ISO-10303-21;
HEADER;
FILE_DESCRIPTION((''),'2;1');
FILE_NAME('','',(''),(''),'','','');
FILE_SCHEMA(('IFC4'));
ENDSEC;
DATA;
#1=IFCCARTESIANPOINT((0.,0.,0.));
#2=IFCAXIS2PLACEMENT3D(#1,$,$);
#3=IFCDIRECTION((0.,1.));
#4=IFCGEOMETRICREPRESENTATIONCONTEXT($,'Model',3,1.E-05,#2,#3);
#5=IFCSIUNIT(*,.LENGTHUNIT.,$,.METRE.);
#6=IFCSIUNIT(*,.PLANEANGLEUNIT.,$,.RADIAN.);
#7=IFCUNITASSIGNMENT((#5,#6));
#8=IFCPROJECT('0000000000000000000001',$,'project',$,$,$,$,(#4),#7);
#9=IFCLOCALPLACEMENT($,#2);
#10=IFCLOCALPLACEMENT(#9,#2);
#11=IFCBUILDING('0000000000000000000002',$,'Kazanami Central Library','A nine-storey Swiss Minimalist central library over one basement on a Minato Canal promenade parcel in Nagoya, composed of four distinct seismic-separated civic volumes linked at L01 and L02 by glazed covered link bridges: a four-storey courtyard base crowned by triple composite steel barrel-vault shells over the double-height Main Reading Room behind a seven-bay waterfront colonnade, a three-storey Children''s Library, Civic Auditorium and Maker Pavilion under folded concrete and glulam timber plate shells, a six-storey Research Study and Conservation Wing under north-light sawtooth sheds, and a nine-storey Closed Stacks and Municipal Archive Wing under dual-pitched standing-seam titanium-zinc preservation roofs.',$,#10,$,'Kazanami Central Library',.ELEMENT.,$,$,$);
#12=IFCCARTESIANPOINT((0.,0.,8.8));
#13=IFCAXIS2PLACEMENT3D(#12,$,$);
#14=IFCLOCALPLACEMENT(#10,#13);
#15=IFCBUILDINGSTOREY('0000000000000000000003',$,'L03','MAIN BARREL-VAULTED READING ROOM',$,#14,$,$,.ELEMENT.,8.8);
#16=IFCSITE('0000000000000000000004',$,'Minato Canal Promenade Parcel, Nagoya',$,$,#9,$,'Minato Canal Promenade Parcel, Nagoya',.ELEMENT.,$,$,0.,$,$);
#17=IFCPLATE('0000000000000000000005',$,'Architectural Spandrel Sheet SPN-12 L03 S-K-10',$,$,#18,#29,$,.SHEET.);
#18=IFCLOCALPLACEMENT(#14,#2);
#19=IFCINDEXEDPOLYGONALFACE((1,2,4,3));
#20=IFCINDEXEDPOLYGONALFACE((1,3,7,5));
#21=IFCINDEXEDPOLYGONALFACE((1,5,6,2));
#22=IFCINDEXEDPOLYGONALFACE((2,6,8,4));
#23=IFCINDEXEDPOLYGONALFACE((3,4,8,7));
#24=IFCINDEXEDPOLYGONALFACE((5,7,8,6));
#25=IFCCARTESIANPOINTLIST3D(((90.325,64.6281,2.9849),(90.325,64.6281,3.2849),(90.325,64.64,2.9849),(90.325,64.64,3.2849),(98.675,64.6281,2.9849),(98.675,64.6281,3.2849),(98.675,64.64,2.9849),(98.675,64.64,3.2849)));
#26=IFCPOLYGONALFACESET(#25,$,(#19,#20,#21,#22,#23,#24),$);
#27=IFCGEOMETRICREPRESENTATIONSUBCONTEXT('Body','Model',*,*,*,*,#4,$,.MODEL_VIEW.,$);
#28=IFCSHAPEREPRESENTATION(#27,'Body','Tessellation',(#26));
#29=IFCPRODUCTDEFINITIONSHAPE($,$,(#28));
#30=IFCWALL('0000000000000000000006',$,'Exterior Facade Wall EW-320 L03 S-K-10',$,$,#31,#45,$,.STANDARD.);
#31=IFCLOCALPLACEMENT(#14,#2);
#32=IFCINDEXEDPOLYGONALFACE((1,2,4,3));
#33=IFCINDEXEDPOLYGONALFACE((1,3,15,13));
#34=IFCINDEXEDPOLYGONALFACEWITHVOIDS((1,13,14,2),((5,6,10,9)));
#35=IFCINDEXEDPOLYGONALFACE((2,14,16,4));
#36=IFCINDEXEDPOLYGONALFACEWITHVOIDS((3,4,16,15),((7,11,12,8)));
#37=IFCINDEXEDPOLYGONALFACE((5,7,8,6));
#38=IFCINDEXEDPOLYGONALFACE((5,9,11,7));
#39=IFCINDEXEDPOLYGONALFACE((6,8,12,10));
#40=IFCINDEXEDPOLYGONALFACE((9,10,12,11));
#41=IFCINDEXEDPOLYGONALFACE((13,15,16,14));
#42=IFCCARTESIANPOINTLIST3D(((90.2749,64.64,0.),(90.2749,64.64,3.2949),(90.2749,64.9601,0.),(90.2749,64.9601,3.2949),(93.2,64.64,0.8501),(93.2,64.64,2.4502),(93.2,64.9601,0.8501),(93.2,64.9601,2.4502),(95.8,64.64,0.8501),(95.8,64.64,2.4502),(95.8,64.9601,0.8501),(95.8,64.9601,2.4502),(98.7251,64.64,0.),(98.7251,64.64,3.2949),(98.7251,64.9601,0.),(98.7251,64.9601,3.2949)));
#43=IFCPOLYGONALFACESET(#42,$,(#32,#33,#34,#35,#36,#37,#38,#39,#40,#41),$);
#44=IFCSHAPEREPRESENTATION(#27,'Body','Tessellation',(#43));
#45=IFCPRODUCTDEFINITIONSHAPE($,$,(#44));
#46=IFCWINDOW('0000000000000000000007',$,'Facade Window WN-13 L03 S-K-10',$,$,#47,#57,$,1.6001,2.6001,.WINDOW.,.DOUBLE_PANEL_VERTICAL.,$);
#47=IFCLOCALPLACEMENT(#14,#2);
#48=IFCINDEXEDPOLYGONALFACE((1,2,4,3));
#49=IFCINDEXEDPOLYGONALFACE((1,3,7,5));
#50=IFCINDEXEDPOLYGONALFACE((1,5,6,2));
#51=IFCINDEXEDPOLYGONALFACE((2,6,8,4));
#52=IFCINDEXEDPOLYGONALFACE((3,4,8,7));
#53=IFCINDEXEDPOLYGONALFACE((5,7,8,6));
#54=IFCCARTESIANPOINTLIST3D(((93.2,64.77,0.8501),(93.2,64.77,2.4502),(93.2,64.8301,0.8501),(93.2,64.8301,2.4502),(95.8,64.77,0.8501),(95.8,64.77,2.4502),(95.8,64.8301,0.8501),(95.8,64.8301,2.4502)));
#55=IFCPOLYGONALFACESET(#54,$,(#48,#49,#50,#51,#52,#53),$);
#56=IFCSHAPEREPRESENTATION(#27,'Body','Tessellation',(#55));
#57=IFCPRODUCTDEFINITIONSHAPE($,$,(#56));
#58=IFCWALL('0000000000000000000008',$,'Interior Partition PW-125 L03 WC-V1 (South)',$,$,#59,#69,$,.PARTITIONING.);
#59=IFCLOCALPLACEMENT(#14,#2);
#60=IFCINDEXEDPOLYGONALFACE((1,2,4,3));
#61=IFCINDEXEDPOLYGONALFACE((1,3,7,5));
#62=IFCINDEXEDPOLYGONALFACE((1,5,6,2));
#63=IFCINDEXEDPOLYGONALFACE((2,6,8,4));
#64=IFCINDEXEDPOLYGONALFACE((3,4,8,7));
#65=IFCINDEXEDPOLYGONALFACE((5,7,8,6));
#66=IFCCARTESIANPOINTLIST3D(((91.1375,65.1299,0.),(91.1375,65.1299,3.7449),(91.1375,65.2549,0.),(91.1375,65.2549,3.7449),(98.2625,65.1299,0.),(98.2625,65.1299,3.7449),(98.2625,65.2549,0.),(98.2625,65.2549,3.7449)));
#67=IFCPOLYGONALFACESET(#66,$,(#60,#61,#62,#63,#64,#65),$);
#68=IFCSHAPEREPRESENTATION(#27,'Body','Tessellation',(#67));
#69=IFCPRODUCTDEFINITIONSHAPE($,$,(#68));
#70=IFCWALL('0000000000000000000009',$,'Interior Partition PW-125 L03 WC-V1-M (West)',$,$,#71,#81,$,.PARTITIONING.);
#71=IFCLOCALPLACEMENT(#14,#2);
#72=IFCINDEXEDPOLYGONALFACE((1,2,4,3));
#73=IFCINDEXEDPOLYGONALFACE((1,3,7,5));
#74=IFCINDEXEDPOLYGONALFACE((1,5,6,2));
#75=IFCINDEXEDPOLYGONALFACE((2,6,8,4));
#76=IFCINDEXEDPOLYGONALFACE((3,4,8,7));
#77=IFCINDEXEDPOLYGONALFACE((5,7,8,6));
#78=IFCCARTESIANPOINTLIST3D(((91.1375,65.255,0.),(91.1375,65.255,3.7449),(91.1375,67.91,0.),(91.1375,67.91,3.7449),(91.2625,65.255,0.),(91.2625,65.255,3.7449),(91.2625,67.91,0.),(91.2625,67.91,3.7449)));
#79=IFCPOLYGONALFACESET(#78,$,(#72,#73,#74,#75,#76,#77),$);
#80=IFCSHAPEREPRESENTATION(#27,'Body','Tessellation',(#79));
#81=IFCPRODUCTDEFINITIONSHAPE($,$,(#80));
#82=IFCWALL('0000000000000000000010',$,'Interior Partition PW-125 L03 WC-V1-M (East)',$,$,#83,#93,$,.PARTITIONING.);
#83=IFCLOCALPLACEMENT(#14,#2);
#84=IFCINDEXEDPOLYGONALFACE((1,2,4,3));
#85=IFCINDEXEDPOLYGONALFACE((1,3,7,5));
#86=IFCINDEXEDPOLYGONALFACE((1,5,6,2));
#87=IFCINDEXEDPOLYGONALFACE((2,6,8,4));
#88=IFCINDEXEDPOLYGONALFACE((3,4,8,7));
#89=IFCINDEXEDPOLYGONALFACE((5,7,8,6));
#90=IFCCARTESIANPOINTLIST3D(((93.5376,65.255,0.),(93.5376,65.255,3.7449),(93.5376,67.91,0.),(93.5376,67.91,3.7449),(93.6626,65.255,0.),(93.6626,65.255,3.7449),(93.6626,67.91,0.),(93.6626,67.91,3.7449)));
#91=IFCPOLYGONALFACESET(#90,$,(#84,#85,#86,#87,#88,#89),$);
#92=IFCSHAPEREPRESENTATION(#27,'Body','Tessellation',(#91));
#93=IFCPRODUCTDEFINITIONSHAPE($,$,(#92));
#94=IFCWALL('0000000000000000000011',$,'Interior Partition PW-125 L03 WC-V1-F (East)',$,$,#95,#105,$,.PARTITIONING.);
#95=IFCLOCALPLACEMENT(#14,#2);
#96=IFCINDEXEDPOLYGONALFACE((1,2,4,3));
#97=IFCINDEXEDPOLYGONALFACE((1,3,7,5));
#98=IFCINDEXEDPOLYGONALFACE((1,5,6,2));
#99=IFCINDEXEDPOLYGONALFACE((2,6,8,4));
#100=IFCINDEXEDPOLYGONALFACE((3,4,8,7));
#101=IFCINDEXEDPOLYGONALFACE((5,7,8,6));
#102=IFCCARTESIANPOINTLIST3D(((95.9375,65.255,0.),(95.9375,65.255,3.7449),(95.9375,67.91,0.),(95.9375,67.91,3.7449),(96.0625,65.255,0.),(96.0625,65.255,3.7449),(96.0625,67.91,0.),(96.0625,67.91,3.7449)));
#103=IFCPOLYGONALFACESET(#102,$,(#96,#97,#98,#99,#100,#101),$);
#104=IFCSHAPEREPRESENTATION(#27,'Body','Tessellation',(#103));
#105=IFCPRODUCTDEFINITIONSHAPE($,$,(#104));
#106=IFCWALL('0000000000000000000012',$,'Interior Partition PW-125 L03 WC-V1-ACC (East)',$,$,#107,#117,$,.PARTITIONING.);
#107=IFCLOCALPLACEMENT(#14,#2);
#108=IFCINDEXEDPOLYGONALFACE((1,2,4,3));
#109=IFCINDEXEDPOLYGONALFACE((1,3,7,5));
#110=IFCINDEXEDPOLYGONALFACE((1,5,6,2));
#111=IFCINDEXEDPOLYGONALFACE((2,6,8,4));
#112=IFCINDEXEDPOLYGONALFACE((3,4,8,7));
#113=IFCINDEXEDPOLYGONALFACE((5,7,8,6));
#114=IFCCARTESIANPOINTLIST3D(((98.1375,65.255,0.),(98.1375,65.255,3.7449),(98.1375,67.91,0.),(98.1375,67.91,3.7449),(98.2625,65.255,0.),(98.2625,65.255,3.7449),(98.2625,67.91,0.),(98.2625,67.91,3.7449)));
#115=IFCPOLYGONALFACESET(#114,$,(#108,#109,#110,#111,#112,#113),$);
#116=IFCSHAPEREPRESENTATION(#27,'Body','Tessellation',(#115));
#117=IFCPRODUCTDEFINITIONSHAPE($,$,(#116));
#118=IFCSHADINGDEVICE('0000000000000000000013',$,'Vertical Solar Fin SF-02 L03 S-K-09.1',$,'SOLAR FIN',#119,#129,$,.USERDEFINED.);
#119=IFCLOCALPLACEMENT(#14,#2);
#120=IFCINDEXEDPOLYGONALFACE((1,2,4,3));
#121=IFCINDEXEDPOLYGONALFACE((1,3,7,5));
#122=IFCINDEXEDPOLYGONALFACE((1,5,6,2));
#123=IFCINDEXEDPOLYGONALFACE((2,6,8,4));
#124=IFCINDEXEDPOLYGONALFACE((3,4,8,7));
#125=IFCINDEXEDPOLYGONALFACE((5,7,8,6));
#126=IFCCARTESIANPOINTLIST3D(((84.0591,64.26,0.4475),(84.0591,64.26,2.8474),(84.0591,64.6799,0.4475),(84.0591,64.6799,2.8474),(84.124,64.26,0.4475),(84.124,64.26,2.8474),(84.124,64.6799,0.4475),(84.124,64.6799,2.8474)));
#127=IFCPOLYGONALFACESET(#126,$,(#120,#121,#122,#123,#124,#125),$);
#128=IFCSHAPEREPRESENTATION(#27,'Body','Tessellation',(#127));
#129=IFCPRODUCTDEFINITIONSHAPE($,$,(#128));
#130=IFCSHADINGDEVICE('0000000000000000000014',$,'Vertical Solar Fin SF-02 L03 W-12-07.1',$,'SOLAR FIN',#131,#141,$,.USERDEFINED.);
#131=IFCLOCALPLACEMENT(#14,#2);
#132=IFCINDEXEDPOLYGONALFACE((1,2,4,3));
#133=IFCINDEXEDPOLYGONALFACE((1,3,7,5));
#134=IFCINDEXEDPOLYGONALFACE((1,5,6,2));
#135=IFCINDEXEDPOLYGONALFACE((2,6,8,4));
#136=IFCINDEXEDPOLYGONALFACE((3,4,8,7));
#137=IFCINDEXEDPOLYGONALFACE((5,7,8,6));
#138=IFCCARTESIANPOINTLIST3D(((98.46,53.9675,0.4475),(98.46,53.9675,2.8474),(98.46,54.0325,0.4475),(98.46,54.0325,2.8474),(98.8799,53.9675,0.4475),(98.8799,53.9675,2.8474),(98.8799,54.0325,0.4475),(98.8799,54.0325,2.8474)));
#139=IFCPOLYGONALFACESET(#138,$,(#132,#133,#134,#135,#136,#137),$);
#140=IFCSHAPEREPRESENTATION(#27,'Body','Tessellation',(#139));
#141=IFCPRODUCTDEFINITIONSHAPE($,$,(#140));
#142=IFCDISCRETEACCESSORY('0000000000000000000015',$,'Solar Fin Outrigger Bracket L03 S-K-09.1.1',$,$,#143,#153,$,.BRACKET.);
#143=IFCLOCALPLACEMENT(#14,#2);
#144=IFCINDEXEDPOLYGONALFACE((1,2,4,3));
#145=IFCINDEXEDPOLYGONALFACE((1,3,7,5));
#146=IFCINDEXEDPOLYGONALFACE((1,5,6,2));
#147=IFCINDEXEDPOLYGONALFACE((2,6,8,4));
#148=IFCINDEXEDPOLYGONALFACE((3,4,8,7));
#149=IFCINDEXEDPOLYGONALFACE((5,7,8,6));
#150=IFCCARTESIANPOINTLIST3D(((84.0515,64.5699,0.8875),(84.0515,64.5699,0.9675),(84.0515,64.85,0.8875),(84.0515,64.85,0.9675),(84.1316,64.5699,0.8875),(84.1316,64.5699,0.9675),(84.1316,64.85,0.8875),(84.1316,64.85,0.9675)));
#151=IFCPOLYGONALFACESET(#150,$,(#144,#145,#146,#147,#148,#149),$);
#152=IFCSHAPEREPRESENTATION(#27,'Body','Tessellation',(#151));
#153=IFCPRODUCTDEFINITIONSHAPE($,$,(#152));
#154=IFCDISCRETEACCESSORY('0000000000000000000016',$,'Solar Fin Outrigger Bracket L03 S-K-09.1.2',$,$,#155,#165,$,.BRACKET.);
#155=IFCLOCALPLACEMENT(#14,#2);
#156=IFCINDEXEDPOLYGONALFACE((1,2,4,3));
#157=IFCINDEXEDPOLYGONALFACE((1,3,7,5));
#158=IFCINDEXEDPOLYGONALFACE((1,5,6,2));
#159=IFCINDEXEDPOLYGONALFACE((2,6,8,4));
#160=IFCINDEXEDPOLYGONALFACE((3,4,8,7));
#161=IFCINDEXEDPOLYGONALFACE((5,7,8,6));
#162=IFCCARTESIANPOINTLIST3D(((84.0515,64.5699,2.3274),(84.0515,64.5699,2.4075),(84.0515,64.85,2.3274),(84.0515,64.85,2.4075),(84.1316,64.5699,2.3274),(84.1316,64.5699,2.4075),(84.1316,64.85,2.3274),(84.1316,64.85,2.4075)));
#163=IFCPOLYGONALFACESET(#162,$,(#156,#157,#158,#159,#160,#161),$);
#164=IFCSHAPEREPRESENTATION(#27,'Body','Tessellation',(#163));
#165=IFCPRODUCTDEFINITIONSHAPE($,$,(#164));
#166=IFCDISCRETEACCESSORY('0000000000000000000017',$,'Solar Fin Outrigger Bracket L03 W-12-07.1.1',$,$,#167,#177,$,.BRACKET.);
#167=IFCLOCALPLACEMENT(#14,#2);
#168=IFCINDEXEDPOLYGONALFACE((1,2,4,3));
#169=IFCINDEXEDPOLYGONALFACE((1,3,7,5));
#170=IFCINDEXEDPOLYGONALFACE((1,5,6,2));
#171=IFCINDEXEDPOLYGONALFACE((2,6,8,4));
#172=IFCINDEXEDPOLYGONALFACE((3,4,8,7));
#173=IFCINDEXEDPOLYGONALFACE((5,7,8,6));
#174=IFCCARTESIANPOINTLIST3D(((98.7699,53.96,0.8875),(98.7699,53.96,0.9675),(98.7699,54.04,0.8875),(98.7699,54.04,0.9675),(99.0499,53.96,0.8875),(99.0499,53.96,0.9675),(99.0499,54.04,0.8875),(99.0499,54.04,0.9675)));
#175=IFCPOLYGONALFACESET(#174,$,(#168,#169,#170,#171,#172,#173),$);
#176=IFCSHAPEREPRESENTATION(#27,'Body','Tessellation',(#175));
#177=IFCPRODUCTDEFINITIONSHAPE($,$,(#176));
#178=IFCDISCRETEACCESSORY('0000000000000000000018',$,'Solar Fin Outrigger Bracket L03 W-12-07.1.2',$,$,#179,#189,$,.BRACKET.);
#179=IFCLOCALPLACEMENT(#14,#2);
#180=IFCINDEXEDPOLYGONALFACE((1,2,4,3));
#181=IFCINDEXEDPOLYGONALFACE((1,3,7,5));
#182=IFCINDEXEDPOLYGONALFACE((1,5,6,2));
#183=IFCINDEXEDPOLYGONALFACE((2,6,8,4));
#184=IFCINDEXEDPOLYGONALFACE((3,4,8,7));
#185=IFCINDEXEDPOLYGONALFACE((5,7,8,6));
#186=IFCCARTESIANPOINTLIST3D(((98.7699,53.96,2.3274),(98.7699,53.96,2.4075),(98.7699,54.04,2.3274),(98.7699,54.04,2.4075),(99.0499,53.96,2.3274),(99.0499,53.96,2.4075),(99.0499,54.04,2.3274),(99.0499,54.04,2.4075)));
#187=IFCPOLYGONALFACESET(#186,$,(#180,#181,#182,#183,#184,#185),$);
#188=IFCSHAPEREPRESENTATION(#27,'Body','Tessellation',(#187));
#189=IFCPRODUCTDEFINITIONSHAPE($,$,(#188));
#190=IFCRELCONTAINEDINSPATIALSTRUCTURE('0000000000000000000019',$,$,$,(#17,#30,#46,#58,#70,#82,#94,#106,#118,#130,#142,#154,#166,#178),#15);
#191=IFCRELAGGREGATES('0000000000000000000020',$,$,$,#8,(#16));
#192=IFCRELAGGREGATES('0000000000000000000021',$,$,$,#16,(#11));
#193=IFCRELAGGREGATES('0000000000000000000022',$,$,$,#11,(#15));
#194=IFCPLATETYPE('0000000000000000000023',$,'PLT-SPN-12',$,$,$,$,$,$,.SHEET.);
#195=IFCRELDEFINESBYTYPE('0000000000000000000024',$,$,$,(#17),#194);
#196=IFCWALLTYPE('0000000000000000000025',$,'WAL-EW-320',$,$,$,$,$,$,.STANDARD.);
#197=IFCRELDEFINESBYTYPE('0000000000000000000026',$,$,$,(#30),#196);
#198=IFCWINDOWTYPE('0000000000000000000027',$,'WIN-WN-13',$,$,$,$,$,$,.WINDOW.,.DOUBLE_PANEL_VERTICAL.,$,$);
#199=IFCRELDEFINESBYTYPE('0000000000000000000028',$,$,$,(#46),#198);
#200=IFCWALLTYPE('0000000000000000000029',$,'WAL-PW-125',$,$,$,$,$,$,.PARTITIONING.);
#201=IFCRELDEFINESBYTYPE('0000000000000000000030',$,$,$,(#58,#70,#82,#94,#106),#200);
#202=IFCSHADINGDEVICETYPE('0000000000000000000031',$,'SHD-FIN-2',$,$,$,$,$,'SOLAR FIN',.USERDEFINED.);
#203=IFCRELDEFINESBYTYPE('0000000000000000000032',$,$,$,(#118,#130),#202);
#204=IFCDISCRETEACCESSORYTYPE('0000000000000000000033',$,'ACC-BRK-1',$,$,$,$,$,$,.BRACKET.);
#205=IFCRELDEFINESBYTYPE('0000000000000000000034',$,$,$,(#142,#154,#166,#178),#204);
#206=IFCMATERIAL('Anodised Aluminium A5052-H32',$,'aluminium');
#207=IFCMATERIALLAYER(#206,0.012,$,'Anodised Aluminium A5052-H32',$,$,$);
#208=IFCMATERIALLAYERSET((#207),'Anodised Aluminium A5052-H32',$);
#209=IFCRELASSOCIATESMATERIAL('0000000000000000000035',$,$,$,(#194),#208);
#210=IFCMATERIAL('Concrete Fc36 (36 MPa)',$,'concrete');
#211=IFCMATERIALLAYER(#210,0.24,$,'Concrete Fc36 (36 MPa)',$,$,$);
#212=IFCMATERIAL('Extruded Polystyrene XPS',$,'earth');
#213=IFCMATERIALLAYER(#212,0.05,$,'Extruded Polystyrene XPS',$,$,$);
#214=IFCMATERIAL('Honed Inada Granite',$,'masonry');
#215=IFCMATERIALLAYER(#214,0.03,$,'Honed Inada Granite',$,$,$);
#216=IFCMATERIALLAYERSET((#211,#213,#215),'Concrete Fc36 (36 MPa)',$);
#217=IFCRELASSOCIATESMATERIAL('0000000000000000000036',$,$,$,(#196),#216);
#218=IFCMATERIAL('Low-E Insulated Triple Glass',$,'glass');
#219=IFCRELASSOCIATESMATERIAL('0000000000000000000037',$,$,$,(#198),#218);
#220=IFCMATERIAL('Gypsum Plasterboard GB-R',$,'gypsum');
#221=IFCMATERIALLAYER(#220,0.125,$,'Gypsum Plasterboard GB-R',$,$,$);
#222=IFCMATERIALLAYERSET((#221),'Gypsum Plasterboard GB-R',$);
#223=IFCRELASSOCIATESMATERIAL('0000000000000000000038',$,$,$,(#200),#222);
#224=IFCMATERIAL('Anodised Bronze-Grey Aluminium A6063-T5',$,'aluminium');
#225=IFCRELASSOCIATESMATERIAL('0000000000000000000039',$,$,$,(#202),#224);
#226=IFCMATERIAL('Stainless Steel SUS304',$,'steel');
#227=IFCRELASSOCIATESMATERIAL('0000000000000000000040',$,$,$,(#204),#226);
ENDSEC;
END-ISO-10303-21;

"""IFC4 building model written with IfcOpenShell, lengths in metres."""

from ifc_helpers import new_model, si_unit, direction, frame, frame_2d, origin, origin_2d, place, context, subcontext, project, spatial, rectangle, extrude, material, layer, layer_set, type_object, element, fill, save


model = new_model("IFC4")

# Units and contexts
model_context = context("Model", 3, precision=1e-05, world=origin(), true_north=direction((0.0, 1.0)))
body_context = subcontext(model_context, "Body", "Model", "MODEL_VIEW")
ifc_project = project(units=[si_unit("LENGTHUNIT", "METRE"), si_unit("PLANEANGLEUNIT", "RADIAN")], contexts=[model_context])

# Site, building, storey
site_placement = place(None, origin())
site = spatial("IfcSite", under=ifc_project, at=site_placement, Name="Minato Canal Promenade Parcel, Nagoya", LongName="Minato Canal Promenade Parcel, Nagoya", CompositionType="ELEMENT", RefElevation=0.0)
building_placement = place(site_placement, origin())
building = spatial("IfcBuilding", under=site, at=building_placement, Name="Kazanami Central Library", Description="A nine-storey Swiss Minimalist central library over one basement on a Minato Canal promenade parcel in Nagoya, composed of four distinct seismic-separated civic volumes linked at L01 and L02 by glazed covered link bridges: a four-storey courtyard base crowned by triple composite steel barrel-vault shells over the double-height Main Reading Room behind a seven-bay waterfront colonnade, a three-storey Children's Library, Civic Auditorium and Maker Pavilion under folded concrete and glulam timber plate shells, a six-storey Research Study and Conservation Wing under north-light sawtooth sheds, and a nine-storey Closed Stacks and Municipal Archive Wing under dual-pitched standing-seam titanium-zinc preservation roofs.", LongName="Kazanami Central Library", CompositionType="ELEMENT")
storey_placement = place(building_placement, frame((0.0, 0.0, 8.8)))
storey = spatial("IfcBuildingStorey", under=building, at=storey_placement, Name="L03", Description="MAIN BARREL-VAULTED READING ROOM", CompositionType="ELEMENT", Elevation=8.8)

# Plate
ifc_material_1 = material(Name="Anodised Aluminium A5052-H32", Category="aluminium")
ifc_layer_1 = layer(ifc_material_1, 0.012, Name="Anodised Aluminium A5052-H32")
ifc_layer_set_1 = layer_set([ifc_layer_1], Name="Anodised Aluminium A5052-H32")
plate_type_1 = type_object("IfcPlateType", Name="PLT-SPN-12", PredefinedType="SHEET", material=ifc_layer_set_1)
plate_1_placement = place(storey_placement, frame((94.5, 64.634, 2.9849), z_axis=(0.0, 0.0, 1.0), x_axis=(1.0, 0.0, 0.0)))
element("IfcPlate", 1, at=plate_1_placement, inside=storey, type_object=plate_type_1, Name="Architectural Spandrel Sheet SPN-12 L03 S-K-10", PredefinedType="SHEET", context=body_context, shape_type="SweptSolid", body=[
    extrude(rectangle(XDim=8.3501, YDim=0.012, at=origin_2d()), origin(), (0.0, 0.0, 1.0), 0.3),
])

# Wall, opening, window
ifc_material_2 = material(Name="Concrete Fc36 (36 MPa)", Category="concrete")
ifc_layer_2 = layer(ifc_material_2, 0.24, Name="Concrete Fc36 (36 MPa)")
ifc_material_3 = material(Name="Extruded Polystyrene XPS", Category="earth")
ifc_layer_3 = layer(ifc_material_3, 0.05, Name="Extruded Polystyrene XPS")
ifc_material_4 = material(Name="Honed Inada Granite", Category="masonry")
ifc_layer_4 = layer(ifc_material_4, 0.03, Name="Honed Inada Granite")
ifc_layer_set_2 = layer_set([ifc_layer_2, ifc_layer_3, ifc_layer_4], Name="Concrete Fc36 (36 MPa)")
wall_type_1 = type_object("IfcWallType", Name="WAL-EW-320", PredefinedType="STANDARD", material=ifc_layer_set_2)
wall_1_placement = place(storey_placement, frame((90.2749, 64.8, 0.0), z_axis=(0.0, 0.0, 1.0), x_axis=(1.0, 0.0, 0.0)))
wall_1 = element("IfcWall", 2, at=wall_1_placement, inside=storey, type_object=wall_type_1, Name="Exterior Facade Wall EW-320 L03 S-K-10", PredefinedType="STANDARD", context=body_context, shape_type="SweptSolid", body=[
    extrude(rectangle(XDim=8.4502, YDim=0.3201, at=frame_2d((4.2251, 0.0))), origin(), (0.0, 0.0, 1.0), 3.2949),
])
opening_placement = place(wall_1_placement, frame((2.925, 0.0, 0.8501)))
opening = element("IfcOpeningElement", 3, at=opening_placement, cuts=wall_1, PredefinedType="OPENING", context=body_context, shape_type="SweptSolid", body=[
    extrude(rectangle(XDim=2.6001, YDim=1.6001, at=frame_2d((1.3, 0.8))), frame((0.0, 0.1719, 0.0), z_axis=(0.0, -1.0, 0.0), x_axis=(1.0, 0.0, 0.0)), (0.0, 0.0, 1.0), 0.344),
])
ifc_material_5 = material(Name="Low-E Insulated Triple Glass", Category="glass")
window_type = type_object("IfcWindowType", Name="WIN-WN-13", PartitioningType="DOUBLE_PANEL_VERTICAL", PredefinedType="WINDOW", material=ifc_material_5)
window_placement = place(opening_placement, origin())
window = element("IfcWindow", 4, at=window_placement, inside=storey, type_object=window_type, Name="Facade Window WN-13 L03 S-K-10", OverallHeight=1.6001, OverallWidth=2.6001, PartitioningType="DOUBLE_PANEL_VERTICAL", PredefinedType="WINDOW", context=body_context, shape_type="SweptSolid", body=[
    extrude(rectangle(XDim=2.6001, YDim=1.6001, at=frame_2d((1.3, 0.8))), frame((0.0, 0.03, 0.0), z_axis=(0.0, -1.0, 0.0), x_axis=(1.0, 0.0, 0.0)), (0.0, 0.0, 1.0), 0.0601),
])
fill(opening, window)

# Walls
ifc_material_6 = material(Name="Gypsum Plasterboard GB-R", Category="gypsum")
ifc_layer_5 = layer(ifc_material_6, 0.125, Name="Gypsum Plasterboard GB-R")
ifc_layer_set_3 = layer_set([ifc_layer_5], Name="Gypsum Plasterboard GB-R")
wall_type_2 = type_object("IfcWallType", Name="WAL-PW-125", PredefinedType="PARTITIONING", material=ifc_layer_set_3)
wall_2_placement = place(storey_placement, frame((91.1375, 65.1924, 0.0), z_axis=(0.0, 0.0, 1.0), x_axis=(1.0, 0.0, 0.0)))
element("IfcWall", 5, at=wall_2_placement, inside=storey, type_object=wall_type_2, Name="Interior Partition PW-125 L03 WC-V1 (South)", PredefinedType="PARTITIONING", context=body_context, shape_type="SweptSolid", body=[
    extrude(rectangle(XDim=7.125, YDim=0.125, at=frame_2d((3.5625, 0.0))), origin(), (0.0, 0.0, 1.0), 3.7449),
])
for number, where, z_axis, x_axis, name in (
    (6, (91.2, 65.2549, 0.0), (0.0, 0.0, 1.0), (0.0, 1.0, 0.0), "Interior Partition PW-125 L03 WC-V1-M (West)"),
    (7, (93.6001, 65.2549, 0.0), (0.0, 0.0, 1.0), (0.0, 1.0, 0.0), "Interior Partition PW-125 L03 WC-V1-M (East)"),
    (8, (96.0, 65.2549, 0.0), (0.0, 0.0, 1.0), (0.0, 1.0, 0.0), "Interior Partition PW-125 L03 WC-V1-F (East)"),
    (9, (98.2, 65.2549, 0.0), (0.0, 0.0, 1.0), (0.0, 1.0, 0.0), "Interior Partition PW-125 L03 WC-V1-ACC (East)"),
):
    element("IfcWall", number, at=place(storey_placement, frame(where, z_axis=z_axis, x_axis=x_axis)), inside=storey, type_object=wall_type_2, Name=name, PredefinedType="PARTITIONING", context=body_context, shape_type="SweptSolid", body=[
        extrude(rectangle(XDim=2.655, YDim=0.125, at=frame_2d((1.3276, 0.0))), origin(), (0.0, 0.0, 1.0), 3.7449),
    ])

# Shading devices
ifc_material_7 = material(Name="Anodised Bronze-Grey Aluminium A6063-T5", Category="aluminium")
shading_device_type = type_object("IfcShadingDeviceType", Name="SHD-FIN-2", ElementType="SOLAR FIN", PredefinedType="USERDEFINED", material=ifc_material_7)
for number, where, z_axis, x_axis, name in (
    (10, (84.0916, 64.47, 0.4475), (0.0, 0.0, 1.0), (1.0, 0.0, 0.0), "Vertical Solar Fin SF-02 L03 S-K-09.1"),
    (11, (98.6699, 54.0, 0.4475), (0.0, 0.0, 1.0), (0.0, 1.0, 0.0), "Vertical Solar Fin SF-02 L03 W-12-07.1"),
):
    element("IfcShadingDevice", number, at=place(storey_placement, frame(where, z_axis=z_axis, x_axis=x_axis)), inside=storey, type_object=shading_device_type, Name=name, ObjectType="SOLAR FIN", PredefinedType="USERDEFINED", context=body_context, shape_type="SweptSolid", body=[
        extrude(rectangle(XDim=0.0649, YDim=0.4199, at=origin_2d()), origin(), (0.0, 0.0, 1.0), 2.3999),
    ])

# Discrete accessories
ifc_material_8 = material(Name="Stainless Steel SUS304", Category="steel")
discrete_accessory_type = type_object("IfcDiscreteAccessoryType", Name="ACC-BRK-1", PredefinedType="BRACKET", material=ifc_material_8)
for number, where, z_axis, x_axis, name in (
    (12, (84.0916, 64.71, 0.8875), (0.0, 0.0, 1.0), (1.0, 0.0, 0.0), "Solar Fin Outrigger Bracket L03 S-K-09.1.1"),
    (13, (84.0916, 64.71, 2.3274), (0.0, 0.0, 1.0), (1.0, 0.0, 0.0), "Solar Fin Outrigger Bracket L03 S-K-09.1.2"),
    (14, (98.9099, 54.0, 0.8875), (0.0, 0.0, 1.0), (0.0, 1.0, 0.0), "Solar Fin Outrigger Bracket L03 W-12-07.1.1"),
    (15, (98.9099, 54.0, 2.3274), (0.0, 0.0, 1.0), (0.0, 1.0, 0.0), "Solar Fin Outrigger Bracket L03 W-12-07.1.2"),
):
    element("IfcDiscreteAccessory", number, at=place(storey_placement, frame(where, z_axis=z_axis, x_axis=x_axis)), inside=storey, type_object=discrete_accessory_type, Name=name, PredefinedType="BRACKET", context=body_context, shape_type="SweptSolid", body=[
        extrude(rectangle(XDim=0.0801, YDim=0.28, at=origin_2d()), origin(), (0.0, 0.0, 1.0), 0.0801),
    ])

save(model, "model.ifc")
